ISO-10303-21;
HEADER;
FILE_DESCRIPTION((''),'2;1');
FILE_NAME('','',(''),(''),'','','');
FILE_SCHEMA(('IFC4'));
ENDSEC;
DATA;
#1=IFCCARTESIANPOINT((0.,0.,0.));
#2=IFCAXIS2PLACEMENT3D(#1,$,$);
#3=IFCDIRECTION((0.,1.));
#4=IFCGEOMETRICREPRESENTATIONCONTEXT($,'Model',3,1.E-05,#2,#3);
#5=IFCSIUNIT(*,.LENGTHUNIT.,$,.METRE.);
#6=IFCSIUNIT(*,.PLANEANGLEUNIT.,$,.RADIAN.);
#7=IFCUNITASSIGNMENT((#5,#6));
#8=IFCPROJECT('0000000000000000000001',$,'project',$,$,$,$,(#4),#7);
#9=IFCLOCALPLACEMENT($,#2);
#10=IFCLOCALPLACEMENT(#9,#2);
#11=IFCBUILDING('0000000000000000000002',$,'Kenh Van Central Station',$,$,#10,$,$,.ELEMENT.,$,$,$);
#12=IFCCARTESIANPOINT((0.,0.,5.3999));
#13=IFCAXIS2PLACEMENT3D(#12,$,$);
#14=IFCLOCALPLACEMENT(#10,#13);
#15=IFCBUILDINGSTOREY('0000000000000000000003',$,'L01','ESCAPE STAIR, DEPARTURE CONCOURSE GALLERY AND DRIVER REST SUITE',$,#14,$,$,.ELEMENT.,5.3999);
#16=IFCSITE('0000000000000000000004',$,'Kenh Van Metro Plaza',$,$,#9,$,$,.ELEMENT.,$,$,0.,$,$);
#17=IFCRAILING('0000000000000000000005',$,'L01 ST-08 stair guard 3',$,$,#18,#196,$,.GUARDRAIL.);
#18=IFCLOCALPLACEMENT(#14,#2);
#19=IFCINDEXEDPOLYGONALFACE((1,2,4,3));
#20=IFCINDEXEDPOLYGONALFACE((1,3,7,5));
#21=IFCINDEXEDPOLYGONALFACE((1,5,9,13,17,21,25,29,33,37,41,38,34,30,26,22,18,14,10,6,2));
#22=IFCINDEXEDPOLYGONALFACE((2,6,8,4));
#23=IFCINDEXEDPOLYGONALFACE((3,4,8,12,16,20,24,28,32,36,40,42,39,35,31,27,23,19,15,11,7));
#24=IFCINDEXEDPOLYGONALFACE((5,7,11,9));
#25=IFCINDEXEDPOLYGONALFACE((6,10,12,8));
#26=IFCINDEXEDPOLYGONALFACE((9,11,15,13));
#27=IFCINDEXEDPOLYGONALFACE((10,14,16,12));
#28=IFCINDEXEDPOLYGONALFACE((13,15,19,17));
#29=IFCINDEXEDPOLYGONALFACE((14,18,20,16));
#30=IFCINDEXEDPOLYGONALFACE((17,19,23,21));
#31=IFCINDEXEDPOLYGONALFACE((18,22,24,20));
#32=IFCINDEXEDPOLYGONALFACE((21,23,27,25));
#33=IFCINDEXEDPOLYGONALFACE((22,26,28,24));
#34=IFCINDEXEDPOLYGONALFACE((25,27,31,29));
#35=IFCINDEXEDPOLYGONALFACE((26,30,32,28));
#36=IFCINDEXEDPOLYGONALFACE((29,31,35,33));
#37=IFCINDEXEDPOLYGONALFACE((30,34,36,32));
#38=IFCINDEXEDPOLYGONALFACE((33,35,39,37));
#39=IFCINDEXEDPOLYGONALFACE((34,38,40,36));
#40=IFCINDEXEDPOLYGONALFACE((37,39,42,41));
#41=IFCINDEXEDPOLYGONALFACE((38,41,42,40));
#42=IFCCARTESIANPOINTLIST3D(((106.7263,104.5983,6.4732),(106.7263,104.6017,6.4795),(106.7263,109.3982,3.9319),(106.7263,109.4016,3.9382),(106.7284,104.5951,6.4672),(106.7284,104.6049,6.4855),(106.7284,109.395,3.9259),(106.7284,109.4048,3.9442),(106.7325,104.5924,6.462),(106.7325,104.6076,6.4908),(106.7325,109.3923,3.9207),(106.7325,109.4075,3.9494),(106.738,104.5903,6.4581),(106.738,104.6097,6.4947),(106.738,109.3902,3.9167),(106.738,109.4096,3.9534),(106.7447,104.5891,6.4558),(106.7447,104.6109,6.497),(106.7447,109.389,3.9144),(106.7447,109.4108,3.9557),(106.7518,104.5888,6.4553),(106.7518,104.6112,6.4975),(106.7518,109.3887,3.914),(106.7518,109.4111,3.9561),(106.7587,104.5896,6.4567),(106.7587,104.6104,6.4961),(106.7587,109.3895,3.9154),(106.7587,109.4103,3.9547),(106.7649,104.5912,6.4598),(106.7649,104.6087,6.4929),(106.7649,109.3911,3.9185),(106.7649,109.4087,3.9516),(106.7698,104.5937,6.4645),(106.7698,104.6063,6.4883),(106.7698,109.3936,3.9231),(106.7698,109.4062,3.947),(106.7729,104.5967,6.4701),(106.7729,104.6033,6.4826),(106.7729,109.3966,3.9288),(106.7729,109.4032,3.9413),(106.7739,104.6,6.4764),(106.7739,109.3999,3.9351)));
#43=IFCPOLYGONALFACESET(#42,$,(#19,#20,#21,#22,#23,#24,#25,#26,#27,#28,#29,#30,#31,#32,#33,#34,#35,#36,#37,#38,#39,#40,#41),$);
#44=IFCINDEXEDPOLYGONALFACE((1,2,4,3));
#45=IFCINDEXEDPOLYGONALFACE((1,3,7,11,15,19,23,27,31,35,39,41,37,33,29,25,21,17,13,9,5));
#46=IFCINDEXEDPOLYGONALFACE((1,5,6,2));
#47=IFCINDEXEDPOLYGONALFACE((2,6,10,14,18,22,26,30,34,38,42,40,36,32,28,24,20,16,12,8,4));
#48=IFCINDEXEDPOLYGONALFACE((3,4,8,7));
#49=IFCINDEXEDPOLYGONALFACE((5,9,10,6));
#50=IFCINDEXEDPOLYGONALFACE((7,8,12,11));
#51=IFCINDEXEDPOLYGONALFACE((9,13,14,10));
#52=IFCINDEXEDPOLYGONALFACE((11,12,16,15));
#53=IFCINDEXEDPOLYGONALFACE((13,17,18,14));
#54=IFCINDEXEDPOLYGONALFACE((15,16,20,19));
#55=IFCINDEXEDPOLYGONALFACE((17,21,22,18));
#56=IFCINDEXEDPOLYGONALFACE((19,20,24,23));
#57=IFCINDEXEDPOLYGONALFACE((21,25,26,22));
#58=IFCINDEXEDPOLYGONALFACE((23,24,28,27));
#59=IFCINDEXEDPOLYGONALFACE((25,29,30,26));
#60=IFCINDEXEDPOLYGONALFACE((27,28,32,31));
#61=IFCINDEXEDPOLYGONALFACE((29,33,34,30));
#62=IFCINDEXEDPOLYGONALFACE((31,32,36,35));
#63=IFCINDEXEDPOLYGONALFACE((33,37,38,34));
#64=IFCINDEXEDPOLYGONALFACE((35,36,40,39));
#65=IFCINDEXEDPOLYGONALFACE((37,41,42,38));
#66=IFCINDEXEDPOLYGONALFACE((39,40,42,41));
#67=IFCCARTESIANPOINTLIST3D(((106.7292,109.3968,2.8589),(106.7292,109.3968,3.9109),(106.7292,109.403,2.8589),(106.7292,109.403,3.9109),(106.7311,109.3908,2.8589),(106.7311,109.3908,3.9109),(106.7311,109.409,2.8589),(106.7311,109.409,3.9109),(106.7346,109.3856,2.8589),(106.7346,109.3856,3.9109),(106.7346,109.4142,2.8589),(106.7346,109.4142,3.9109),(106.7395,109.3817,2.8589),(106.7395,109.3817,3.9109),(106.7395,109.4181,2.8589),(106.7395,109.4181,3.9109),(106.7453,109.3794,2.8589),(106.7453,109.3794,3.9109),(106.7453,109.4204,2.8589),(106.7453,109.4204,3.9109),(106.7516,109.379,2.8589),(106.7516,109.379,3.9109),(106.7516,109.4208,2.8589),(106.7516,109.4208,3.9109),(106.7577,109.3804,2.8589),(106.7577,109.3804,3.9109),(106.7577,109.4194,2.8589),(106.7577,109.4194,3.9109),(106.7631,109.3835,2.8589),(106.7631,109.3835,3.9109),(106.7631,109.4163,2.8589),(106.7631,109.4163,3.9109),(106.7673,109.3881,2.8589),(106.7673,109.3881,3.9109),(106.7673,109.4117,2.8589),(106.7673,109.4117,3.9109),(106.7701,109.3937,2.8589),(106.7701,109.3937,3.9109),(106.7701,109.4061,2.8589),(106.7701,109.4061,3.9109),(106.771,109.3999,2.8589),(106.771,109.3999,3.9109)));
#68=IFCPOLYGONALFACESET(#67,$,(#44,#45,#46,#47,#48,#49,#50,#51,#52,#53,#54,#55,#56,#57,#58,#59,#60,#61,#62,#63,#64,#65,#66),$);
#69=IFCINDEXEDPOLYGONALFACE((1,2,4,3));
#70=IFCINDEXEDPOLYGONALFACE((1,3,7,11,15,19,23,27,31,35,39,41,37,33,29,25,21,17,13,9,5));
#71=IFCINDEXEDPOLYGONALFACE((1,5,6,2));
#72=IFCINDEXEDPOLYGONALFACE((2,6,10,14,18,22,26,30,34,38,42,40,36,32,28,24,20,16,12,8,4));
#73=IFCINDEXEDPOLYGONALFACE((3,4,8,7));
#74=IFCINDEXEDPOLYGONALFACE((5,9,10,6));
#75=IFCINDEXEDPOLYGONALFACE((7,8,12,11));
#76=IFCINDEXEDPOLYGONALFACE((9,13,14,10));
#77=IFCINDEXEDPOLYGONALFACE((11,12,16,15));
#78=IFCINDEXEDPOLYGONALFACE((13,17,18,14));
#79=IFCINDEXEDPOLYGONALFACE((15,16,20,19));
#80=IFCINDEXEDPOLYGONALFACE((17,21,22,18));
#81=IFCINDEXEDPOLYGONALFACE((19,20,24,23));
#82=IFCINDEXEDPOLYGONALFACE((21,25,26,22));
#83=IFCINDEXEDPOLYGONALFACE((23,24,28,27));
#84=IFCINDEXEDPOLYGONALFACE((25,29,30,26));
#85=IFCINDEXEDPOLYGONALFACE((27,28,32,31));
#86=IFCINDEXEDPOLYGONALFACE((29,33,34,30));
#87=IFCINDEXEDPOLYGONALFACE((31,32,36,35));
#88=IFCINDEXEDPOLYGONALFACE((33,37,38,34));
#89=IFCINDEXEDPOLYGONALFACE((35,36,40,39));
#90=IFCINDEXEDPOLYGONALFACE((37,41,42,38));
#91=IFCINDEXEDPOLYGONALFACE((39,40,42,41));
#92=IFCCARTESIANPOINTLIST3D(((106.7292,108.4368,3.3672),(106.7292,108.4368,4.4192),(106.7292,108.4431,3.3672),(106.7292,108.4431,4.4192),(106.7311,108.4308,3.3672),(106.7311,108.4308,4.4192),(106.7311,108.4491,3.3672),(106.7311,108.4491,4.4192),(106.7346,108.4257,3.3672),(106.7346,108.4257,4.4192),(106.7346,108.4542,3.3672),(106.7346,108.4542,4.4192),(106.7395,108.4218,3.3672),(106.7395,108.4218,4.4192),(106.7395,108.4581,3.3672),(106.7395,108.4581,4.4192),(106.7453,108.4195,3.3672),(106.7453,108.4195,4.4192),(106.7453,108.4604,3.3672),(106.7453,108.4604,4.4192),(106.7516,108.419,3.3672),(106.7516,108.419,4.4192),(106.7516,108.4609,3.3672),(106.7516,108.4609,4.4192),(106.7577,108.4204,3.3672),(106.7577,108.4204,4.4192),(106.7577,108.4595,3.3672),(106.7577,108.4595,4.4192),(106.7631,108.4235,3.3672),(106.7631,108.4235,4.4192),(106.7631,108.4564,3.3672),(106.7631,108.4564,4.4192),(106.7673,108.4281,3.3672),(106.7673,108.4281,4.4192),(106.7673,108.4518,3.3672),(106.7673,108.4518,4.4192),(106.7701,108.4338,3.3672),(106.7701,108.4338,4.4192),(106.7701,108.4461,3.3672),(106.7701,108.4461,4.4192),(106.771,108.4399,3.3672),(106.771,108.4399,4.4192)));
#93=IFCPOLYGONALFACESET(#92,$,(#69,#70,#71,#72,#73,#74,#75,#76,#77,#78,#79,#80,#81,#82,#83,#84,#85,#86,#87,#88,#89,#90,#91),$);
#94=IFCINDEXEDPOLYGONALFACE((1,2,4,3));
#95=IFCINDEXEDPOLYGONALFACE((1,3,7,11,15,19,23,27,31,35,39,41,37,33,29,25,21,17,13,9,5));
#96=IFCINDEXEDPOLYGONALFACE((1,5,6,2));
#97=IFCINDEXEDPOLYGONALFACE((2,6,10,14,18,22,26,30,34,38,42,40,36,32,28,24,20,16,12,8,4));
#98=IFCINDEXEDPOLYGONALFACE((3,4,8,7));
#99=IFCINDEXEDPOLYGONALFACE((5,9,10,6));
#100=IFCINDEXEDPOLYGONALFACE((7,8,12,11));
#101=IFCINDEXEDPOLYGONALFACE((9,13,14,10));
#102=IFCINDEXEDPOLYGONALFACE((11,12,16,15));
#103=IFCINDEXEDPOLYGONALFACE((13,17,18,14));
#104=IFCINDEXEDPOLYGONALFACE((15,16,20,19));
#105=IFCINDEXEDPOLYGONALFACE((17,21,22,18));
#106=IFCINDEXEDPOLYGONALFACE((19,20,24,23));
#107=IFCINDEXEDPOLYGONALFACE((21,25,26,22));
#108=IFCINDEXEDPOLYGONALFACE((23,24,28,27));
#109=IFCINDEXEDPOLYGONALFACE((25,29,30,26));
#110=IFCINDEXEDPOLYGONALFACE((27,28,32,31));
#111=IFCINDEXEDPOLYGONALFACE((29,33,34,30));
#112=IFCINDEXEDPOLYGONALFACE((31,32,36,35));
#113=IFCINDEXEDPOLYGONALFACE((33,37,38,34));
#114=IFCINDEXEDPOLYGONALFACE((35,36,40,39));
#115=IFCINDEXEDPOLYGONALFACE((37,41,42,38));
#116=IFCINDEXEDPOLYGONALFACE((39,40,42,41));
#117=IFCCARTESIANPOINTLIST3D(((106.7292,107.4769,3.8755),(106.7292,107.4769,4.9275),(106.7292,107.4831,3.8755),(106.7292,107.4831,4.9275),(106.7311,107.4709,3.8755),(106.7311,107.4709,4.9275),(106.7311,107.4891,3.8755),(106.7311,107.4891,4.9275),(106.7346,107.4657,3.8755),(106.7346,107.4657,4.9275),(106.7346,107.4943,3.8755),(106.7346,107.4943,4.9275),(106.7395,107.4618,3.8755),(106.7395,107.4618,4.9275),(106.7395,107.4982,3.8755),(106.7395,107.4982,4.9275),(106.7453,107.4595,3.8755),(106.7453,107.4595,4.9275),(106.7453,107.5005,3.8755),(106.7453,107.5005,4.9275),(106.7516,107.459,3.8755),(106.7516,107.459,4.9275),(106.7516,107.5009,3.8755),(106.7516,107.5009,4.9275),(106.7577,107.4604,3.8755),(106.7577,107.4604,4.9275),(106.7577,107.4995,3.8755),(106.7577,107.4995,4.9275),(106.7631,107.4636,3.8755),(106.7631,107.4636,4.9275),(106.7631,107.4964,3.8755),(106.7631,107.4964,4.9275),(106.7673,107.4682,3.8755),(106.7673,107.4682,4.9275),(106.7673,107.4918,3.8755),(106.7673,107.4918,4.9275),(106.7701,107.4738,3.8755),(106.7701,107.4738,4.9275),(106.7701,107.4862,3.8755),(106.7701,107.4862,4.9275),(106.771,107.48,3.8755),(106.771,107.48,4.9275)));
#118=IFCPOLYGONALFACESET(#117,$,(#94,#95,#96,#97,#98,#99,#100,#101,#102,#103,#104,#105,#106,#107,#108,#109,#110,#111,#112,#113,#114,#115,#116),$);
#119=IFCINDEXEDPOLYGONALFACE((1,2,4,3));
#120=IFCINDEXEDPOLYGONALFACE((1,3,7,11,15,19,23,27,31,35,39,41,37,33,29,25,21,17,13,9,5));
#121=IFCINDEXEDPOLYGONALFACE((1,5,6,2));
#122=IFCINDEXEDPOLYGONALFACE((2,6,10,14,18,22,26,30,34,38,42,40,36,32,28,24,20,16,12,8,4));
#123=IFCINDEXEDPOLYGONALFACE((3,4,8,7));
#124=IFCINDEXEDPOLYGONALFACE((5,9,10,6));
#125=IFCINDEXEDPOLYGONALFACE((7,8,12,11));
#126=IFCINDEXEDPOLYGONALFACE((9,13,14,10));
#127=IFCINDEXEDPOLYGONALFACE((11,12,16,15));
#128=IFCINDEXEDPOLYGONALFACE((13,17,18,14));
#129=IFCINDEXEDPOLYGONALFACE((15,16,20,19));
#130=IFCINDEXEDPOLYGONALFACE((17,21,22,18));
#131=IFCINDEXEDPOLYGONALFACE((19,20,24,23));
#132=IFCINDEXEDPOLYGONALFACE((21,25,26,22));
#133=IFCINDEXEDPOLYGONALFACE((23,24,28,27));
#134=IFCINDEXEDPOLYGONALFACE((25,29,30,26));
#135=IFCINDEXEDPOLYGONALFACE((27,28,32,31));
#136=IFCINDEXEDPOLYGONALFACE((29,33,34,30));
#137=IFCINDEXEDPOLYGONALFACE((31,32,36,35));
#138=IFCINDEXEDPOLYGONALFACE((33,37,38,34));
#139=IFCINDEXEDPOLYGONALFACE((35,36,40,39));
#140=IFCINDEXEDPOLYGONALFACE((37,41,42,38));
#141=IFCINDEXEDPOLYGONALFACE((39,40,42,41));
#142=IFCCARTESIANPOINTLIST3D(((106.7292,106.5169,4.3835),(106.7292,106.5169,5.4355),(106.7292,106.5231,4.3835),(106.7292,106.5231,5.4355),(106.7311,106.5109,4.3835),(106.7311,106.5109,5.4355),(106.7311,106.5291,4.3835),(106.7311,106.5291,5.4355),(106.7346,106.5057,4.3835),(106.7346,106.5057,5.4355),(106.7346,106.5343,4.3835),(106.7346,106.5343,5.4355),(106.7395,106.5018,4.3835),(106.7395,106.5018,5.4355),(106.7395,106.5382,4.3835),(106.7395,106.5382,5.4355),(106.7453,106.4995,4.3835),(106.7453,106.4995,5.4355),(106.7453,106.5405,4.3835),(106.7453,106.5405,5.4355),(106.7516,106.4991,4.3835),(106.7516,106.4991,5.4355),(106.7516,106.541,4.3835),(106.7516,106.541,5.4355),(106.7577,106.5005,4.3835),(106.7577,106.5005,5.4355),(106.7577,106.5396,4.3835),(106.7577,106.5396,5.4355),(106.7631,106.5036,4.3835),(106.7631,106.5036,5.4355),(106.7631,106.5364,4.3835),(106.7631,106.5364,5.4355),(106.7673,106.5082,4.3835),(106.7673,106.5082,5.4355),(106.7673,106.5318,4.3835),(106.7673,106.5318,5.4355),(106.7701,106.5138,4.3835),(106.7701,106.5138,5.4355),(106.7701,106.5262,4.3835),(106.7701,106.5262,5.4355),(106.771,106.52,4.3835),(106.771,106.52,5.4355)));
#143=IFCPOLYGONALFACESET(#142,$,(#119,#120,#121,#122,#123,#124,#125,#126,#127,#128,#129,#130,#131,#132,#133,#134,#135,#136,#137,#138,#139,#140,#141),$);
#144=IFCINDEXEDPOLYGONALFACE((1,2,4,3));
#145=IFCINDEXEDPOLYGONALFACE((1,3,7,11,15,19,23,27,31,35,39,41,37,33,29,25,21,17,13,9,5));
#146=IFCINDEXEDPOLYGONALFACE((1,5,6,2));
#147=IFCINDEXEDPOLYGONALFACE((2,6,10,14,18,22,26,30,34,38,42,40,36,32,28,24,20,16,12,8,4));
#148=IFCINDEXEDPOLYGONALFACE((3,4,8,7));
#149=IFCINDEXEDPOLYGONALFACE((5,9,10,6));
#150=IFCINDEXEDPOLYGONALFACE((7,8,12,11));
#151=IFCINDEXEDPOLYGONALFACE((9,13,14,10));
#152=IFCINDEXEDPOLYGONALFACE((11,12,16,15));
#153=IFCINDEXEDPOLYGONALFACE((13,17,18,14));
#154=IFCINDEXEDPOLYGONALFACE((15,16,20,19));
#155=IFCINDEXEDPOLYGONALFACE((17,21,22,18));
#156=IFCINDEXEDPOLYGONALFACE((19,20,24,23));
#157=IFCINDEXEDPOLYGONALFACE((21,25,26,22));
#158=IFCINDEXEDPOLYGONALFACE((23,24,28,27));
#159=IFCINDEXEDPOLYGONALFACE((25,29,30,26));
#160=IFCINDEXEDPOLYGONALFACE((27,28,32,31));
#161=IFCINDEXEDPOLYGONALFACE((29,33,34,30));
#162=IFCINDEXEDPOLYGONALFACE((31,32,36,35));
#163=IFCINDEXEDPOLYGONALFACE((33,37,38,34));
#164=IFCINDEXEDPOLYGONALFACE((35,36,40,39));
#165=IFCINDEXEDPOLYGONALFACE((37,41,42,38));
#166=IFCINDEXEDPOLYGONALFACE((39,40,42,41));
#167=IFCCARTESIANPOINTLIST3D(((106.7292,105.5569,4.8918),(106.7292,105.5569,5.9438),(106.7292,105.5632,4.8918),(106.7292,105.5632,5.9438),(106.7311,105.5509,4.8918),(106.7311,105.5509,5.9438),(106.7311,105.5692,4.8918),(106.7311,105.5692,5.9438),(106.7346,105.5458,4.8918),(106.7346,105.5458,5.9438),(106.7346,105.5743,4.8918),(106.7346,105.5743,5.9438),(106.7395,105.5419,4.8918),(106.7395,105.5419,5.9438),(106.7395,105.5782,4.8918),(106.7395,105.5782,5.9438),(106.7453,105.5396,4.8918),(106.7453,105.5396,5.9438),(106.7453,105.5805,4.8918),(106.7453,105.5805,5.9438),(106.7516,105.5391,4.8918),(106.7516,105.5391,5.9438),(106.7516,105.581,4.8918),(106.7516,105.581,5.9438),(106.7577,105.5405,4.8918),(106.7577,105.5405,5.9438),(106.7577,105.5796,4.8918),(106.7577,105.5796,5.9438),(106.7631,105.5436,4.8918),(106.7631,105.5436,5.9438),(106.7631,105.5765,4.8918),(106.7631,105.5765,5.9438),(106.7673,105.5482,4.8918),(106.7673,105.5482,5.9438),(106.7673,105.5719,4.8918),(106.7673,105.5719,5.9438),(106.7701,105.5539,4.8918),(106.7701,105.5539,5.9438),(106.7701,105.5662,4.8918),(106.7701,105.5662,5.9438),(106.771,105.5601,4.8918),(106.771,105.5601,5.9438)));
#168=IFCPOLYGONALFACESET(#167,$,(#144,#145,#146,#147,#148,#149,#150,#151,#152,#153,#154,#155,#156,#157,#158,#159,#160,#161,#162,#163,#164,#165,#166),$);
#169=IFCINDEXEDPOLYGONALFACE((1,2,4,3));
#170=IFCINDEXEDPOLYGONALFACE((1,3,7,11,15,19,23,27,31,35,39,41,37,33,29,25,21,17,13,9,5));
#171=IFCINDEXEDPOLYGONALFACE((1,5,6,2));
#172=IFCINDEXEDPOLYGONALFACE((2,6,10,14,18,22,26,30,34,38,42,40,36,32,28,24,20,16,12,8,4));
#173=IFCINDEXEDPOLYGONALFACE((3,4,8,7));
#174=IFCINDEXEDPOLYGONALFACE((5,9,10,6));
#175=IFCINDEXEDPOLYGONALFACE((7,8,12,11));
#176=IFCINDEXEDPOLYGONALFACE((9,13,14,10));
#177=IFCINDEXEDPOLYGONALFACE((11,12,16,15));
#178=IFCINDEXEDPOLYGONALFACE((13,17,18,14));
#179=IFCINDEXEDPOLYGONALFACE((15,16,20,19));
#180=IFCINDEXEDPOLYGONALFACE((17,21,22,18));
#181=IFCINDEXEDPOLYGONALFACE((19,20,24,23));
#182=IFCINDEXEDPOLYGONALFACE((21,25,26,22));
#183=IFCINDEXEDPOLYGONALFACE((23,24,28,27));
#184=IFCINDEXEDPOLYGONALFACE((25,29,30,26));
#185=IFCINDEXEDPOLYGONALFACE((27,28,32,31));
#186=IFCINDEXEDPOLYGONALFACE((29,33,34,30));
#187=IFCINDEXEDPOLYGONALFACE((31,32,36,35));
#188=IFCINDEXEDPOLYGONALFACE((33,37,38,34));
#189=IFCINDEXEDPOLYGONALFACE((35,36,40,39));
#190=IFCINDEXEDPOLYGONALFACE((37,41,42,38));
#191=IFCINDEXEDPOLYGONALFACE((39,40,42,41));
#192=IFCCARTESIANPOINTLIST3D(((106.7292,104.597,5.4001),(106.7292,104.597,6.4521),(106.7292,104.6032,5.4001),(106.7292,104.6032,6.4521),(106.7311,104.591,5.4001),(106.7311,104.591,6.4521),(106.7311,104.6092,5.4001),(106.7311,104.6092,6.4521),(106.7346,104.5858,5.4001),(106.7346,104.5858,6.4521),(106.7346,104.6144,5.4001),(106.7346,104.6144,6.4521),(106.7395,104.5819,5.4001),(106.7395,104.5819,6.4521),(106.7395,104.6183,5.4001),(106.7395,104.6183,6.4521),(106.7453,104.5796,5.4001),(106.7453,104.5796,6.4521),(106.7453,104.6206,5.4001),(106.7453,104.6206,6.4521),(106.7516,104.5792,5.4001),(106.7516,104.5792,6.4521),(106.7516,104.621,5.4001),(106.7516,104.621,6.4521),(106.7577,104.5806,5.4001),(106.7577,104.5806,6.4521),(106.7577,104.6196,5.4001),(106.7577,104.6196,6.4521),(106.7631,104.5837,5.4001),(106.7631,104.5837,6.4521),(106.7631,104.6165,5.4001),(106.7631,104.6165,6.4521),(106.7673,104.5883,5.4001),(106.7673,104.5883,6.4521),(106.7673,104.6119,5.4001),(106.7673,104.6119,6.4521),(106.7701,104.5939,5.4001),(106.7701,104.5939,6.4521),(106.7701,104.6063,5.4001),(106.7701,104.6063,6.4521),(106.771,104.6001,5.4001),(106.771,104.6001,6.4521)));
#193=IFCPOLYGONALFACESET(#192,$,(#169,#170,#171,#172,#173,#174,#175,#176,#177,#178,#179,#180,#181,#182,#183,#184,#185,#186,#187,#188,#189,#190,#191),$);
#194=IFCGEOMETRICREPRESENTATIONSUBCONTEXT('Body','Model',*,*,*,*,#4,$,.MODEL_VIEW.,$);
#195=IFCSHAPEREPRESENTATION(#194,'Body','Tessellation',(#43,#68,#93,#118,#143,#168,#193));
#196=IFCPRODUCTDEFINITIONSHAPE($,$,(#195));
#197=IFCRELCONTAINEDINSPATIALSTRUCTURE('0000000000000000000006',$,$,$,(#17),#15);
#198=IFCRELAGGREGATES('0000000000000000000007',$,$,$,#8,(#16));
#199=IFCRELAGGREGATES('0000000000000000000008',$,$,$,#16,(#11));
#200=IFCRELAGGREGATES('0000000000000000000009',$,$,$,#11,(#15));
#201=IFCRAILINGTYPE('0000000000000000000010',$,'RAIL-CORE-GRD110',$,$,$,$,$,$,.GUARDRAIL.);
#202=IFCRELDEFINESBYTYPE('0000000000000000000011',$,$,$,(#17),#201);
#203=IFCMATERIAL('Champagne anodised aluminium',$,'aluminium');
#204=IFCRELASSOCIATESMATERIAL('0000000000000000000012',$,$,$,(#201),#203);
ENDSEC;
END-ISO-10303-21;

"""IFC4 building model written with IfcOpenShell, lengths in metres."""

from ifc_helpers import new_model, si_unit, direction, frame, origin, origin_2d, place, context, subcontext, project, spatial, circle, extrude, material, type_object, element, save


model = new_model("IFC4")

# Units and contexts
model_context = context("Model", 3, precision=1e-05, world=origin(), true_north=direction((0.0, 1.0)))
body_context = subcontext(model_context, "Body", "Model", "MODEL_VIEW")
ifc_project = project(units=[si_unit("LENGTHUNIT", "METRE"), si_unit("PLANEANGLEUNIT", "RADIAN")], contexts=[model_context])

# Site, building, storey
site_placement = place(None, origin())
site = spatial("IfcSite", under=ifc_project, at=site_placement, Name="Kenh Van Metro Plaza", CompositionType="ELEMENT", RefElevation=0.0)
building_placement = place(site_placement, origin())
building = spatial("IfcBuilding", under=site, at=building_placement, Name="Kenh Van Central Station", CompositionType="ELEMENT")
storey_placement = place(building_placement, frame((0.0, 0.0, 5.3999)))
storey = spatial("IfcBuildingStorey", under=building, at=storey_placement, Name="L01", Description="ESCAPE STAIR, DEPARTURE CONCOURSE GALLERY AND DRIVER REST SUITE", CompositionType="ELEMENT", Elevation=5.3999)

# Railing
ifc_material_1 = material(Name="Champagne anodised aluminium", Category="aluminium")
railing_type_1 = type_object("IfcRailingType", Name="RAIL-CORE-GRD110", PredefinedType="GUARDRAIL", material=ifc_material_1)
railing_1_placement = place(storey_placement, frame((106.75, 109.3999, 2.8589)))
element("IfcRailing", 1, at=railing_1_placement, inside=storey, type_object=railing_type_1, Name="L01 ST-08 stair guard 3", PredefinedType="GUARDRAIL", context=body_context, shape_type="SweptSolid", body=[
    extrude(circle(Radius=0.0239, at=origin_2d()), frame((0.0, 0.0, 1.0762), z_axis=(0.0, -0.883774, 0.467915), x_axis=(1.0, 0.0, 0.0)), (0.0, 0.0, 1.0), 5.4312),
    extrude(circle(Radius=0.021, at=origin_2d()), origin(), (0.0, 0.0, 1.0), 1.052),
    extrude(circle(Radius=0.021, at=origin_2d()), frame((0.0, -0.96, 0.5083)), (0.0, 0.0, 1.0), 1.052),
    extrude(circle(Radius=0.021, at=origin_2d()), frame((0.0, -1.9199, 1.0166)), (0.0, 0.0, 1.0), 1.052),
    extrude(circle(Radius=0.021, at=origin_2d()), frame((0.0, -2.8799, 1.5247)), (0.0, 0.0, 1.0), 1.052),
    extrude(circle(Radius=0.021, at=origin_2d()), frame((0.0, -3.8398, 2.033)), (0.0, 0.0, 1.0), 1.052),
    extrude(circle(Radius=0.021, at=origin_2d()), frame((0.0, -4.7998, 2.5413)), (0.0, 0.0, 1.0), 1.052),
])

save(model, "model.ifc")
